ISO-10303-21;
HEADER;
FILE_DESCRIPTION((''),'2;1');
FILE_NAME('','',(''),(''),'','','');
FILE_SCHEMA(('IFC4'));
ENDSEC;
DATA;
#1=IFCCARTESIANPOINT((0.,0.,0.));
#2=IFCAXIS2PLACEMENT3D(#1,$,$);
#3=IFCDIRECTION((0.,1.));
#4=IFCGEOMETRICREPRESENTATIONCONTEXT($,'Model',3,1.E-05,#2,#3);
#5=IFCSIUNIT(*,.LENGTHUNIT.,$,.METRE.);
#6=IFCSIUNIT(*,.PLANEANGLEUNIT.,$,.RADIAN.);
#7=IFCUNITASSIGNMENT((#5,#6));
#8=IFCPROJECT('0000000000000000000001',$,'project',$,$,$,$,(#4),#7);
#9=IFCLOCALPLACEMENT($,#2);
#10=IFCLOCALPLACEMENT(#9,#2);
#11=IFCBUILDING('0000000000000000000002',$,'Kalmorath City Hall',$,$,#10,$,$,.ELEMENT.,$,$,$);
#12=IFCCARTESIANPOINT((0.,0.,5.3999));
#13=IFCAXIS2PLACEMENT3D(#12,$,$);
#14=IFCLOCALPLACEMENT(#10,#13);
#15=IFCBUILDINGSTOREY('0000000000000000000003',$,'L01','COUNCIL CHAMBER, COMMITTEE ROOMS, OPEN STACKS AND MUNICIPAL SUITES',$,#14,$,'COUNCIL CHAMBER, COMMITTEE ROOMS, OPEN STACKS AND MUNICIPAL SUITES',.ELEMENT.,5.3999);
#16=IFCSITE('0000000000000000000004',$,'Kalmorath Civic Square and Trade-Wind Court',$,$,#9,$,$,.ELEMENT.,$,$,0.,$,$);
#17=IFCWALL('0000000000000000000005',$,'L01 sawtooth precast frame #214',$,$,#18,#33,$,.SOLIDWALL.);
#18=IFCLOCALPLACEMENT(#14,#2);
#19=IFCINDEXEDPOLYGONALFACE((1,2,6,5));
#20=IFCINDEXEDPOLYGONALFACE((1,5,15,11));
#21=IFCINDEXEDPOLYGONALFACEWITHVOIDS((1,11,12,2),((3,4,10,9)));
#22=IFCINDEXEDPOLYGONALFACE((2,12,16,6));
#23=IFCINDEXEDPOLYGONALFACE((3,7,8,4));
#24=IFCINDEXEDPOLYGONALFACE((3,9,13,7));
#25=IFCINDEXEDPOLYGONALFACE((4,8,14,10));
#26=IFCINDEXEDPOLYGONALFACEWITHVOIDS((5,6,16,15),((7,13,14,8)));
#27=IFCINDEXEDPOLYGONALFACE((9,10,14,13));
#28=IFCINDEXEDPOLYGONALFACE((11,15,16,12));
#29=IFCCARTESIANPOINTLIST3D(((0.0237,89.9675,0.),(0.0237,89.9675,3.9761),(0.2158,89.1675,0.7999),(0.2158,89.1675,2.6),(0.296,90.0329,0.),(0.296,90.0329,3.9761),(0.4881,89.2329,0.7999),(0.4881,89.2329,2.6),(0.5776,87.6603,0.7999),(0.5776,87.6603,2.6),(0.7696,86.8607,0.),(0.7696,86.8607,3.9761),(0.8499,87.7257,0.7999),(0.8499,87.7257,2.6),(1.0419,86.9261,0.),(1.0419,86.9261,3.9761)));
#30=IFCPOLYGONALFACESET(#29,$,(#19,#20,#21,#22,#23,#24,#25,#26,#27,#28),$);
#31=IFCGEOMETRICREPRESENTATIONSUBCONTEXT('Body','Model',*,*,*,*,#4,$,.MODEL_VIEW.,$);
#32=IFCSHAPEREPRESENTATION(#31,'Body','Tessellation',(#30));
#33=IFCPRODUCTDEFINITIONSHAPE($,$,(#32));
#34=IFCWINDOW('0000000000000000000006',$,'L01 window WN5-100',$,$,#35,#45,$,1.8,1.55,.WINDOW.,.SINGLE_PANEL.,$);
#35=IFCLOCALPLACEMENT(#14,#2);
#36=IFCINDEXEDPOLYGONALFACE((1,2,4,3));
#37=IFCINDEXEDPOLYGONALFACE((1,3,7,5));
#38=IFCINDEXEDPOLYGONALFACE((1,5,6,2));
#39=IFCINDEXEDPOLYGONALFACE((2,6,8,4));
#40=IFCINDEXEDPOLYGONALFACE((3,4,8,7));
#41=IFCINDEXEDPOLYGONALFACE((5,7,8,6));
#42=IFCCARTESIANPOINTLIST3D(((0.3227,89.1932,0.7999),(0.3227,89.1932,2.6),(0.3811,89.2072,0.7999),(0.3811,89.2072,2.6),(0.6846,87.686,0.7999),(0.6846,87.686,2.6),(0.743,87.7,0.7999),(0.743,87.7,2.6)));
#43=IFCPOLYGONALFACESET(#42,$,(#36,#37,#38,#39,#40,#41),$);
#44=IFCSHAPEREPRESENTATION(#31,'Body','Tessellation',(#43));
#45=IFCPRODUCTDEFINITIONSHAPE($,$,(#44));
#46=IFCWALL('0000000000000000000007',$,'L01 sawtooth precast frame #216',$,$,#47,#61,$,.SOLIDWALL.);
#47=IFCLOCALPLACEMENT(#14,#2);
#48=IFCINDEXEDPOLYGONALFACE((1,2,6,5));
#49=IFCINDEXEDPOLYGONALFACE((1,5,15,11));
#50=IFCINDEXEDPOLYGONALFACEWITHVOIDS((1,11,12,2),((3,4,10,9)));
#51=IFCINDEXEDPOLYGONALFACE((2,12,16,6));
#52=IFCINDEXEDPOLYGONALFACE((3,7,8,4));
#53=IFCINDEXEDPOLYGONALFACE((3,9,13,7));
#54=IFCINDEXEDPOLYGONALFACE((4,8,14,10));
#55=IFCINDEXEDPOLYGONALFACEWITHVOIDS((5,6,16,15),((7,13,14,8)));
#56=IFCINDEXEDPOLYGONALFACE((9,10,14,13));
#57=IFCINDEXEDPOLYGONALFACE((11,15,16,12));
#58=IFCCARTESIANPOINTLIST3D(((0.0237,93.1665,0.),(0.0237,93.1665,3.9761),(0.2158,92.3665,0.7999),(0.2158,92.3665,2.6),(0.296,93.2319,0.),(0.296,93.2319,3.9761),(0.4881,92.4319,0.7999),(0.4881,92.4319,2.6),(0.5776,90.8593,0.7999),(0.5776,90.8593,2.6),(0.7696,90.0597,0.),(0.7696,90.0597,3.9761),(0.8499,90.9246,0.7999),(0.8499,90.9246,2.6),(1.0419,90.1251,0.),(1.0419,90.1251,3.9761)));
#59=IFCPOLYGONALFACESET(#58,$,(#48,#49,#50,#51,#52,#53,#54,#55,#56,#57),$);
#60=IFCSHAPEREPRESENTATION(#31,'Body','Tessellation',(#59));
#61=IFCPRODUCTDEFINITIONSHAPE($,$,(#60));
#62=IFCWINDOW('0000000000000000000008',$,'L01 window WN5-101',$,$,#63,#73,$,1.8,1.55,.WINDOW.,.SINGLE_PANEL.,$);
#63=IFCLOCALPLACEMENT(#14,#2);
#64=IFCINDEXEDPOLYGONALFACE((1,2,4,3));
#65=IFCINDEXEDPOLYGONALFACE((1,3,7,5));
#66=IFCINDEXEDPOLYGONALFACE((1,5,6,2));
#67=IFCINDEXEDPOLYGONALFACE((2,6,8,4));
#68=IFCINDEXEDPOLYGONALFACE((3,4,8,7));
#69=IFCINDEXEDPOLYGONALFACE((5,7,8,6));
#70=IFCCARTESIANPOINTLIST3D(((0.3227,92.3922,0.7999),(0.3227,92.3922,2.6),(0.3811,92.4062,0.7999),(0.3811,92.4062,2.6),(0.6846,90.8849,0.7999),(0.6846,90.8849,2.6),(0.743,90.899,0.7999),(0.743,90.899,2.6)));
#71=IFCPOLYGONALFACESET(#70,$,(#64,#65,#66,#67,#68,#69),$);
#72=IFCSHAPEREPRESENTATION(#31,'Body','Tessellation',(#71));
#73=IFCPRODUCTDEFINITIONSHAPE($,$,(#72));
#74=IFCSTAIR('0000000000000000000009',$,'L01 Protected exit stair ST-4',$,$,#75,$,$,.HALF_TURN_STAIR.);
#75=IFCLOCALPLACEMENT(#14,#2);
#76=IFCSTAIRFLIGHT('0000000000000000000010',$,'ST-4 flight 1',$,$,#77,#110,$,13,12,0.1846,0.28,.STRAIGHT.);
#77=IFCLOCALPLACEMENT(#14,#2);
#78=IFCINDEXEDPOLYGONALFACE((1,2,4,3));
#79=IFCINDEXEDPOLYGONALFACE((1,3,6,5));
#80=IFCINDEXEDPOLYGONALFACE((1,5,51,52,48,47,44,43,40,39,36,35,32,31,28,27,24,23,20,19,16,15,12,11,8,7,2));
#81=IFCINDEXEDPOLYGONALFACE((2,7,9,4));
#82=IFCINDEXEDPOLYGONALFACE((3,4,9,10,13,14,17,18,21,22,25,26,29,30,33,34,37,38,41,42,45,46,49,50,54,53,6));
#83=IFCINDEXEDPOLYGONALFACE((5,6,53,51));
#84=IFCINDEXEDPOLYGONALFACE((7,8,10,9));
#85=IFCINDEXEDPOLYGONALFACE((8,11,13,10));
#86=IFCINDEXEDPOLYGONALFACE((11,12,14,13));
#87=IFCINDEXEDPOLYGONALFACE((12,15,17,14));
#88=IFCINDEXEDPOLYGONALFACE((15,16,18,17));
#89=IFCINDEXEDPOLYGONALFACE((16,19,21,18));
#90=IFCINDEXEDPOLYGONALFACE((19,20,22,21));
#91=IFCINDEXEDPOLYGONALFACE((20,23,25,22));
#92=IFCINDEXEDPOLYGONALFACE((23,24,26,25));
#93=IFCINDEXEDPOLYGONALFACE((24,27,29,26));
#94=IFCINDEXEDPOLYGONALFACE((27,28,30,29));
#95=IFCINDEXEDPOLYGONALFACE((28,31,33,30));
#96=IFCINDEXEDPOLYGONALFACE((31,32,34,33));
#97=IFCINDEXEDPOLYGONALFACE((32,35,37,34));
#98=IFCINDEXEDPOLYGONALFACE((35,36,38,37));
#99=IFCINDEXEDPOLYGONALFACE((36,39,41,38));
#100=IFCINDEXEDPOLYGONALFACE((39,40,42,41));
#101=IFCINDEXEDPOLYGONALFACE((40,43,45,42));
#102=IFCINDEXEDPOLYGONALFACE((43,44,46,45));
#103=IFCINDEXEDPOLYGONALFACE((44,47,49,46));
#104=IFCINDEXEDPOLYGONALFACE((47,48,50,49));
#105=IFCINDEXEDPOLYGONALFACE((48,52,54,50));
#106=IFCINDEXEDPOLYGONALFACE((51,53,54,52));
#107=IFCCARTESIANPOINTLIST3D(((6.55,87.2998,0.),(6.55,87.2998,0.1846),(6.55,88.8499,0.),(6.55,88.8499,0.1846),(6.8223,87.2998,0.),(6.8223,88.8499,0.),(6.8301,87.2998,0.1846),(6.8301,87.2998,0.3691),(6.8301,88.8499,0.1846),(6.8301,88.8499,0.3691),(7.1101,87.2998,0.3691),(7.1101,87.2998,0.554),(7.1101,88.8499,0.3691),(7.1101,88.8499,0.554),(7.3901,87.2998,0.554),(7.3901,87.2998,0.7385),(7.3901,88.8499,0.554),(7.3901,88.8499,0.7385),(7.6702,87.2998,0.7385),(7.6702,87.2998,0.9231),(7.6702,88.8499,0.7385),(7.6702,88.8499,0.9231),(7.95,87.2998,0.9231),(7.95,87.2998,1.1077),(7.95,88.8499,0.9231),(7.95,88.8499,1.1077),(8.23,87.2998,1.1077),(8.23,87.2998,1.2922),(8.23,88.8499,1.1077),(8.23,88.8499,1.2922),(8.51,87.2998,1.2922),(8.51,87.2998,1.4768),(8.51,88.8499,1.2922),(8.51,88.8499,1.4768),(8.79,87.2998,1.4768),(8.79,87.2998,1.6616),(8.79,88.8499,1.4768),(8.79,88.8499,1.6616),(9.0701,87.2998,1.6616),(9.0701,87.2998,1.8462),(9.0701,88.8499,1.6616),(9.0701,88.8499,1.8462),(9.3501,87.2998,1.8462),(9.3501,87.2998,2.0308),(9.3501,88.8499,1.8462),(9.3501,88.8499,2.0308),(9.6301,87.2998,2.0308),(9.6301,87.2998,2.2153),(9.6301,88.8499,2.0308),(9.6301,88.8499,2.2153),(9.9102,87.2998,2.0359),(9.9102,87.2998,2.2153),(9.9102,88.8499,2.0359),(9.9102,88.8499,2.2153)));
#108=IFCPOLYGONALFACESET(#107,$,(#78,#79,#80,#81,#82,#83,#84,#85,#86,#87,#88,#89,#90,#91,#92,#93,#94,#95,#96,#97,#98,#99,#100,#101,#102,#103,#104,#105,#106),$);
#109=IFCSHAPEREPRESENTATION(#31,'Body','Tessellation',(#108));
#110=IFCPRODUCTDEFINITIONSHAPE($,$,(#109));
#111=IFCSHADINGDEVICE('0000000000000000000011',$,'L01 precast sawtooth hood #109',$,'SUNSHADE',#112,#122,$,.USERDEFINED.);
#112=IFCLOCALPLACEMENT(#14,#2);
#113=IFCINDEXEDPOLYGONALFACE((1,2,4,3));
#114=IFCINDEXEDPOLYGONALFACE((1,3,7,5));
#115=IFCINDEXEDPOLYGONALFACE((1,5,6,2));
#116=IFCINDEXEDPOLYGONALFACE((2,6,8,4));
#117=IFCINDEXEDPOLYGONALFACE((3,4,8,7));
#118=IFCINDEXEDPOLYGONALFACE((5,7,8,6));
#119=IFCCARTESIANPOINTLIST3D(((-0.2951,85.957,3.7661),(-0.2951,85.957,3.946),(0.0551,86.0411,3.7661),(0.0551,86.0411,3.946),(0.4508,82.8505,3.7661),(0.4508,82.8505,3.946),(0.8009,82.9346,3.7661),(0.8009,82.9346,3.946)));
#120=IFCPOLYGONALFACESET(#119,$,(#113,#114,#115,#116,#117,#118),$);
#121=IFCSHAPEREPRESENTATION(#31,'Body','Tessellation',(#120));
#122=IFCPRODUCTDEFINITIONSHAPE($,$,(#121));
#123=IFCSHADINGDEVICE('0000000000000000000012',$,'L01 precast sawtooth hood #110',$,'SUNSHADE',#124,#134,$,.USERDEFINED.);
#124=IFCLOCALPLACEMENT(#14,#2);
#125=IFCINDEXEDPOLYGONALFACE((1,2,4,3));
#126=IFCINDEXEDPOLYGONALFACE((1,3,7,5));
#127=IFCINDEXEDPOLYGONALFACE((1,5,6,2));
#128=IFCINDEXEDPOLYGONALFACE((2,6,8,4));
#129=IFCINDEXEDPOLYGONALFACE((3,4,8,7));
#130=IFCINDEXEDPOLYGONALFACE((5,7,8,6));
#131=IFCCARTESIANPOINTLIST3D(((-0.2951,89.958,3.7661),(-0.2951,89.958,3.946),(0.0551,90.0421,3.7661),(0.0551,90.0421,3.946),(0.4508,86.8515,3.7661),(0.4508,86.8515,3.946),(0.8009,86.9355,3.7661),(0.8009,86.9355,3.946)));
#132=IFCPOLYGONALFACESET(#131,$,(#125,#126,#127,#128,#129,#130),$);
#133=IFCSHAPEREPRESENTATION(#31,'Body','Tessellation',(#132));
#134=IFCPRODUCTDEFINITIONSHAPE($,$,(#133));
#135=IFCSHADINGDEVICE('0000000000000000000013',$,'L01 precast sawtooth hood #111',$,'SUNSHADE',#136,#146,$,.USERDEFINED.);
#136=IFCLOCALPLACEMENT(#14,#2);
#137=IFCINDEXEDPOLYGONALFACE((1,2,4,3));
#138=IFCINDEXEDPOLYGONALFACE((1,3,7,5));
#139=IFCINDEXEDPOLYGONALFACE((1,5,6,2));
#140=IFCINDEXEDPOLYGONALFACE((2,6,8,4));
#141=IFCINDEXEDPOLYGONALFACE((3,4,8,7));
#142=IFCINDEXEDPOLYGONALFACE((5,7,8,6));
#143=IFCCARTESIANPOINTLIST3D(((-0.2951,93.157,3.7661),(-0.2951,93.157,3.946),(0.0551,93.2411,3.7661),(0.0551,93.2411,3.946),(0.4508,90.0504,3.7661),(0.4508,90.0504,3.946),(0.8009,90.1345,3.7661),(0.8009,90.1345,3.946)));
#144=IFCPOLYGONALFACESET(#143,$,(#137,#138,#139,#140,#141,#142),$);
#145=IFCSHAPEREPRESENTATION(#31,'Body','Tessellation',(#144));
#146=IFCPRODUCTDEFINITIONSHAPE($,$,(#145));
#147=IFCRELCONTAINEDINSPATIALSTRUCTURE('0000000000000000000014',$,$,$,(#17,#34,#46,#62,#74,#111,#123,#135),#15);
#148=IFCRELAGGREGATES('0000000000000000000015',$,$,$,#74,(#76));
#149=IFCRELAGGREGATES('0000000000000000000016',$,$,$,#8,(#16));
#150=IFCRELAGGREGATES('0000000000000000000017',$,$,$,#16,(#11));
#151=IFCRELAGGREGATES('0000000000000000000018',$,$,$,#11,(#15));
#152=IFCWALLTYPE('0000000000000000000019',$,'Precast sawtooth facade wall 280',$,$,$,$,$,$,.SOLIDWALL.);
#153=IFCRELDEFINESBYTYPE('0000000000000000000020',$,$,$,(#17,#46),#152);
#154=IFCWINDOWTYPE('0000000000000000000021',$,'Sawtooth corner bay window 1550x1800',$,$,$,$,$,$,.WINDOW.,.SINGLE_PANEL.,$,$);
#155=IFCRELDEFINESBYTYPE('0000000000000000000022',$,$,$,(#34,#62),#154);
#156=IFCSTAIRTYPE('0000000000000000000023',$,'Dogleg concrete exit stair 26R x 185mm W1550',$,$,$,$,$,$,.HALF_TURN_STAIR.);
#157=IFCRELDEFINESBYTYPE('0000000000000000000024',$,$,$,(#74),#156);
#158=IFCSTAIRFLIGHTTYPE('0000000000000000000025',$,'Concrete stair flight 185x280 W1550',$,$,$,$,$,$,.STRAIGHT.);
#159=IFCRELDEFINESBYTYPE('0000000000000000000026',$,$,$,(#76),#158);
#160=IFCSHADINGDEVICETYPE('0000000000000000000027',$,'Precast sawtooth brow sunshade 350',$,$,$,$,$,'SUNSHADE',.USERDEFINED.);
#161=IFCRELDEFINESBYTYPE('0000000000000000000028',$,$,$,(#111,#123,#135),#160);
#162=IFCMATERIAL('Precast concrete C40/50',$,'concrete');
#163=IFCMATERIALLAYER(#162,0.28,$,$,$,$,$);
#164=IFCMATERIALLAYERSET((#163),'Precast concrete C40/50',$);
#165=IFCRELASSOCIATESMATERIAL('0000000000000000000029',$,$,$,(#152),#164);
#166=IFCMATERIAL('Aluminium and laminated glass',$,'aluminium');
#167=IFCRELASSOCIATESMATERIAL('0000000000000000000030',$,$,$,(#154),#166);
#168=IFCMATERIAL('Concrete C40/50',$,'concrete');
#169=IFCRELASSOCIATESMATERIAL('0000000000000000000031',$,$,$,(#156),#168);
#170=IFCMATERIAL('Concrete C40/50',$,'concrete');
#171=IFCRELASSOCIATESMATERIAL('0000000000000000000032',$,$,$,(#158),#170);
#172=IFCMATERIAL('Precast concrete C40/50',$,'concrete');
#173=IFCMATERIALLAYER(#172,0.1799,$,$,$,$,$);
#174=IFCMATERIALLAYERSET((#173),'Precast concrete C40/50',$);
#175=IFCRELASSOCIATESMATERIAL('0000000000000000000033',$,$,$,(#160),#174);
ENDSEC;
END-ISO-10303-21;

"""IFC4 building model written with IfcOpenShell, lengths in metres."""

from ifc_helpers import new_model, si_unit, direction, frame, frame_2d, origin, origin_2d, place, context, subcontext, project, spatial, polyline, rectangle, outline, extrude, material, layer, layer_set, type_object, element, fill, aggregate, save


model = new_model("IFC4")

# Units and contexts
model_context = context("Model", 3, precision=1e-05, world=origin(), true_north=direction((0.0, 1.0)))
body_context = subcontext(model_context, "Body", "Model", "MODEL_VIEW")
ifc_project = project(units=[si_unit("LENGTHUNIT", "METRE"), si_unit("PLANEANGLEUNIT", "RADIAN")], contexts=[model_context])

# Site, building, storey
site_placement = place(None, origin())
site = spatial("IfcSite", under=ifc_project, at=site_placement, Name="Kalmorath Civic Square and Trade-Wind Court", CompositionType="ELEMENT", RefElevation=0.0)
building_placement = place(site_placement, origin())
building = spatial("IfcBuilding", under=site, at=building_placement, Name="Kalmorath City Hall", CompositionType="ELEMENT")
storey_placement = place(building_placement, frame((0.0, 0.0, 5.3999)))
storey = spatial("IfcBuildingStorey", under=building, at=storey_placement, Name="L01", Description="COUNCIL CHAMBER, COMMITTEE ROOMS, OPEN STACKS AND MUNICIPAL SUITES", LongName="COUNCIL CHAMBER, COMMITTEE ROOMS, OPEN STACKS AND MUNICIPAL SUITES", CompositionType="ELEMENT", Elevation=5.3999)

# Walls, openings, windows
ifc_material_1 = material(Name="Precast concrete C40/50", Category="concrete")
ifc_layer_1 = layer(ifc_material_1, 0.28)
ifc_layer_set_1 = layer_set([ifc_layer_1], Name="Precast concrete C40/50")
wall_type_1 = type_object("IfcWallType", Name="Precast sawtooth facade wall 280", PredefinedType="SOLIDWALL", material=ifc_layer_set_1)
wall_1_placement = place(storey_placement, frame((0.9058, 86.8933, 0.0), z_axis=(0.0, 0.0, 1.0), x_axis=(-0.233445, 0.97237, 0.0)))
wall_1 = element("IfcWall", 1, at=wall_1_placement, inside=storey, type_object=wall_type_1, Name="L01 sawtooth precast frame #214", PredefinedType="SOLIDWALL", context=body_context, shape_type="SweptSolid", body=[
    extrude(rectangle(XDim=3.1951, YDim=0.28, at=frame_2d((1.5977, 0.0))), origin(), (0.0, 0.0, 1.0), 3.9761),
])
opening_1_placement = place(wall_1_placement, frame((0.8225, 0.0, 0.8)))
opening_1 = element("IfcOpeningElement", 2, at=opening_1_placement, cuts=wall_1, PredefinedType="OPENING", context=body_context, shape_type="SweptSolid", body=[
    extrude(rectangle(XDim=1.55, YDim=1.8, at=frame_2d((0.7749, 0.8999))), frame((0.0, 0.1499, 0.0), z_axis=(0.0, -1.0, 0.0), x_axis=(1.0, 0.0, 0.0)), (0.0, 0.0, 1.0), 0.3),
])
ifc_material_2 = material(Name="Aluminium and laminated glass", Category="aluminium")
window_type = type_object("IfcWindowType", Name="Sawtooth corner bay window 1550x1800", PartitioningType="SINGLE_PANEL", PredefinedType="WINDOW", material=ifc_material_2)
window_1_placement = place(opening_1_placement, origin())
window_1 = element("IfcWindow", 3, at=window_1_placement, inside=storey, type_object=window_type, Name="L01 window WN5-100", OverallHeight=1.8, OverallWidth=1.55, PartitioningType="SINGLE_PANEL", PredefinedType="WINDOW", context=body_context, shape_type="SweptSolid", body=[
    extrude(rectangle(XDim=1.55, YDim=1.8, at=frame_2d((0.7749, 0.8999))), frame((0.0, 0.03, 0.0), z_axis=(0.0, -1.0, 0.0), x_axis=(1.0, 0.0, 0.0)), (0.0, 0.0, 1.0), 0.0601),
])
fill(opening_1, window_1)
wall_2_placement = place(storey_placement, frame((0.9058, 90.0923, 0.0), z_axis=(0.0, 0.0, 1.0), x_axis=(-0.233445, 0.97237, 0.0)))
wall_2 = element("IfcWall", 4, at=wall_2_placement, inside=storey, type_object=wall_type_1, Name="L01 sawtooth precast frame #216", PredefinedType="SOLIDWALL", context=body_context, shape_type="SweptSolid", body=[
    extrude(rectangle(XDim=3.1951, YDim=0.28, at=frame_2d((1.5977, 0.0))), origin(), (0.0, 0.0, 1.0), 3.9761),
])
opening_2_placement = place(wall_2_placement, frame((0.8225, 0.0, 0.8)))
opening_2 = element("IfcOpeningElement", 5, at=opening_2_placement, cuts=wall_2, PredefinedType="OPENING", context=body_context, shape_type="SweptSolid", body=[
    extrude(rectangle(XDim=1.55, YDim=1.8, at=frame_2d((0.7749, 0.8999))), frame((0.0, 0.1499, 0.0), z_axis=(0.0, -1.0, 0.0), x_axis=(1.0, 0.0, 0.0)), (0.0, 0.0, 1.0), 0.3),
])
window_2_placement = place(opening_2_placement, origin())
window_2 = element("IfcWindow", 6, at=window_2_placement, inside=storey, type_object=window_type, Name="L01 window WN5-101", OverallHeight=1.8, OverallWidth=1.55, PartitioningType="SINGLE_PANEL", PredefinedType="WINDOW", context=body_context, shape_type="SweptSolid", body=[
    extrude(rectangle(XDim=1.55, YDim=1.8, at=frame_2d((0.7749, 0.8999))), frame((0.0, 0.03, 0.0), z_axis=(0.0, -1.0, 0.0), x_axis=(1.0, 0.0, 0.0)), (0.0, 0.0, 1.0), 0.0601),
])
fill(opening_2, window_2)

# Stair, stair flight
ifc_material_3 = material(Name="Concrete C40/50", Category="concrete")
stair_type = type_object("IfcStairType", Name="Dogleg concrete exit stair 26R x 185mm W1550", PredefinedType="HALF_TURN_STAIR", material=ifc_material_3)
stair_placement = place(storey_placement, origin())
stair = element("IfcStair", 7, at=stair_placement, inside=storey, type_object=stair_type, Name="L01 Protected exit stair ST-4", PredefinedType="HALF_TURN_STAIR")
ifc_material_4 = material(Name="Concrete C40/50", Category="concrete")
stair_flight_type = type_object("IfcStairFlightType", Name="Concrete stair flight 185x280 W1550", PredefinedType="STRAIGHT", material=ifc_material_4)
stair_flight_placement = place(storey_placement, frame((6.55, 88.075, 0.0), z_axis=(0.0, 0.0, 1.0), x_axis=(1.0, 0.0, 0.0)))
stair_flight = element("IfcStairFlight", 8, at=stair_flight_placement, type_object=stair_flight_type, Name="ST-4 flight 1", NumberOfRisers=13, NumberOfTreads=12, PredefinedType="STRAIGHT", RiserHeight=0.1846, TreadLength=0.28, context=body_context, shape_type="SweptSolid", body=[
    extrude(outline(polyline([(0.0, 0.0), (0.0, 0.1846), (0.28, 0.1846), (0.28, 0.3691), (0.5601, 0.3691), (0.5601, 0.554), (0.8401, 0.554), (0.8401, 0.7385), (1.1201, 0.7385), (1.1201, 0.9231), (1.3999, 0.9231), (1.3999, 1.1077), (1.6799, 1.1077), (1.6799, 1.2922), (1.96, 1.2922), (1.96, 1.4768), (2.24, 1.4768), (2.24, 1.6616), (2.52, 1.6616), (2.52, 1.8462), (2.8, 1.8462), (2.8, 2.0308), (3.0801, 2.0308), (3.0801, 2.2153), (3.3601, 2.2153), (3.3601, 2.3999), (3.3601, 2.0359), (0.2722, 0.0), (0.0, 0.0)])), frame((0.0, 0.7749, 0.0), z_axis=(0.0, -1.0, 0.0), x_axis=(1.0, 0.0, 0.0)), (0.0, 0.0, 1.0), 1.55),
])
aggregate(stair, [stair_flight])

# Shading devices
ifc_material_5 = material(Name="Precast concrete C40/50", Category="concrete")
ifc_layer_2 = layer(ifc_material_5, 0.1799)
ifc_layer_set_2 = layer_set([ifc_layer_2], Name="Precast concrete C40/50")
shading_device_type = type_object("IfcShadingDeviceType", Name="Precast sawtooth brow sunshade 350", ElementType="SUNSHADE", PredefinedType="USERDEFINED", material=ifc_layer_set_2)
for number, where, z_axis, x_axis, name in (
    (9, (0.2529, 84.4458, 3.7661), (0.0, 0.0, 1.0), (-0.233445, 0.97237, 0.0), "L01 precast sawtooth hood #109"),
    (10, (0.2529, 88.4468, 3.7661), (0.0, 0.0, 1.0), (-0.233445, 0.97237, 0.0), "L01 precast sawtooth hood #110"),
    (11, (0.2529, 91.6458, 3.7661), (0.0, 0.0, 1.0), (-0.233445, 0.97237, 0.0), "L01 precast sawtooth hood #111"),
):
    element("IfcShadingDevice", number, at=place(storey_placement, frame(where, z_axis=z_axis, x_axis=x_axis)), inside=storey, type_object=shading_device_type, Name=name, ObjectType="SUNSHADE", PredefinedType="USERDEFINED", context=body_context, shape_type="SweptSolid", body=[
        extrude(rectangle(XDim=3.1948, YDim=0.3601, at=origin_2d()), origin(), (0.0, 0.0, 1.0), 0.1799),
    ])

save(model, "model.ifc")
